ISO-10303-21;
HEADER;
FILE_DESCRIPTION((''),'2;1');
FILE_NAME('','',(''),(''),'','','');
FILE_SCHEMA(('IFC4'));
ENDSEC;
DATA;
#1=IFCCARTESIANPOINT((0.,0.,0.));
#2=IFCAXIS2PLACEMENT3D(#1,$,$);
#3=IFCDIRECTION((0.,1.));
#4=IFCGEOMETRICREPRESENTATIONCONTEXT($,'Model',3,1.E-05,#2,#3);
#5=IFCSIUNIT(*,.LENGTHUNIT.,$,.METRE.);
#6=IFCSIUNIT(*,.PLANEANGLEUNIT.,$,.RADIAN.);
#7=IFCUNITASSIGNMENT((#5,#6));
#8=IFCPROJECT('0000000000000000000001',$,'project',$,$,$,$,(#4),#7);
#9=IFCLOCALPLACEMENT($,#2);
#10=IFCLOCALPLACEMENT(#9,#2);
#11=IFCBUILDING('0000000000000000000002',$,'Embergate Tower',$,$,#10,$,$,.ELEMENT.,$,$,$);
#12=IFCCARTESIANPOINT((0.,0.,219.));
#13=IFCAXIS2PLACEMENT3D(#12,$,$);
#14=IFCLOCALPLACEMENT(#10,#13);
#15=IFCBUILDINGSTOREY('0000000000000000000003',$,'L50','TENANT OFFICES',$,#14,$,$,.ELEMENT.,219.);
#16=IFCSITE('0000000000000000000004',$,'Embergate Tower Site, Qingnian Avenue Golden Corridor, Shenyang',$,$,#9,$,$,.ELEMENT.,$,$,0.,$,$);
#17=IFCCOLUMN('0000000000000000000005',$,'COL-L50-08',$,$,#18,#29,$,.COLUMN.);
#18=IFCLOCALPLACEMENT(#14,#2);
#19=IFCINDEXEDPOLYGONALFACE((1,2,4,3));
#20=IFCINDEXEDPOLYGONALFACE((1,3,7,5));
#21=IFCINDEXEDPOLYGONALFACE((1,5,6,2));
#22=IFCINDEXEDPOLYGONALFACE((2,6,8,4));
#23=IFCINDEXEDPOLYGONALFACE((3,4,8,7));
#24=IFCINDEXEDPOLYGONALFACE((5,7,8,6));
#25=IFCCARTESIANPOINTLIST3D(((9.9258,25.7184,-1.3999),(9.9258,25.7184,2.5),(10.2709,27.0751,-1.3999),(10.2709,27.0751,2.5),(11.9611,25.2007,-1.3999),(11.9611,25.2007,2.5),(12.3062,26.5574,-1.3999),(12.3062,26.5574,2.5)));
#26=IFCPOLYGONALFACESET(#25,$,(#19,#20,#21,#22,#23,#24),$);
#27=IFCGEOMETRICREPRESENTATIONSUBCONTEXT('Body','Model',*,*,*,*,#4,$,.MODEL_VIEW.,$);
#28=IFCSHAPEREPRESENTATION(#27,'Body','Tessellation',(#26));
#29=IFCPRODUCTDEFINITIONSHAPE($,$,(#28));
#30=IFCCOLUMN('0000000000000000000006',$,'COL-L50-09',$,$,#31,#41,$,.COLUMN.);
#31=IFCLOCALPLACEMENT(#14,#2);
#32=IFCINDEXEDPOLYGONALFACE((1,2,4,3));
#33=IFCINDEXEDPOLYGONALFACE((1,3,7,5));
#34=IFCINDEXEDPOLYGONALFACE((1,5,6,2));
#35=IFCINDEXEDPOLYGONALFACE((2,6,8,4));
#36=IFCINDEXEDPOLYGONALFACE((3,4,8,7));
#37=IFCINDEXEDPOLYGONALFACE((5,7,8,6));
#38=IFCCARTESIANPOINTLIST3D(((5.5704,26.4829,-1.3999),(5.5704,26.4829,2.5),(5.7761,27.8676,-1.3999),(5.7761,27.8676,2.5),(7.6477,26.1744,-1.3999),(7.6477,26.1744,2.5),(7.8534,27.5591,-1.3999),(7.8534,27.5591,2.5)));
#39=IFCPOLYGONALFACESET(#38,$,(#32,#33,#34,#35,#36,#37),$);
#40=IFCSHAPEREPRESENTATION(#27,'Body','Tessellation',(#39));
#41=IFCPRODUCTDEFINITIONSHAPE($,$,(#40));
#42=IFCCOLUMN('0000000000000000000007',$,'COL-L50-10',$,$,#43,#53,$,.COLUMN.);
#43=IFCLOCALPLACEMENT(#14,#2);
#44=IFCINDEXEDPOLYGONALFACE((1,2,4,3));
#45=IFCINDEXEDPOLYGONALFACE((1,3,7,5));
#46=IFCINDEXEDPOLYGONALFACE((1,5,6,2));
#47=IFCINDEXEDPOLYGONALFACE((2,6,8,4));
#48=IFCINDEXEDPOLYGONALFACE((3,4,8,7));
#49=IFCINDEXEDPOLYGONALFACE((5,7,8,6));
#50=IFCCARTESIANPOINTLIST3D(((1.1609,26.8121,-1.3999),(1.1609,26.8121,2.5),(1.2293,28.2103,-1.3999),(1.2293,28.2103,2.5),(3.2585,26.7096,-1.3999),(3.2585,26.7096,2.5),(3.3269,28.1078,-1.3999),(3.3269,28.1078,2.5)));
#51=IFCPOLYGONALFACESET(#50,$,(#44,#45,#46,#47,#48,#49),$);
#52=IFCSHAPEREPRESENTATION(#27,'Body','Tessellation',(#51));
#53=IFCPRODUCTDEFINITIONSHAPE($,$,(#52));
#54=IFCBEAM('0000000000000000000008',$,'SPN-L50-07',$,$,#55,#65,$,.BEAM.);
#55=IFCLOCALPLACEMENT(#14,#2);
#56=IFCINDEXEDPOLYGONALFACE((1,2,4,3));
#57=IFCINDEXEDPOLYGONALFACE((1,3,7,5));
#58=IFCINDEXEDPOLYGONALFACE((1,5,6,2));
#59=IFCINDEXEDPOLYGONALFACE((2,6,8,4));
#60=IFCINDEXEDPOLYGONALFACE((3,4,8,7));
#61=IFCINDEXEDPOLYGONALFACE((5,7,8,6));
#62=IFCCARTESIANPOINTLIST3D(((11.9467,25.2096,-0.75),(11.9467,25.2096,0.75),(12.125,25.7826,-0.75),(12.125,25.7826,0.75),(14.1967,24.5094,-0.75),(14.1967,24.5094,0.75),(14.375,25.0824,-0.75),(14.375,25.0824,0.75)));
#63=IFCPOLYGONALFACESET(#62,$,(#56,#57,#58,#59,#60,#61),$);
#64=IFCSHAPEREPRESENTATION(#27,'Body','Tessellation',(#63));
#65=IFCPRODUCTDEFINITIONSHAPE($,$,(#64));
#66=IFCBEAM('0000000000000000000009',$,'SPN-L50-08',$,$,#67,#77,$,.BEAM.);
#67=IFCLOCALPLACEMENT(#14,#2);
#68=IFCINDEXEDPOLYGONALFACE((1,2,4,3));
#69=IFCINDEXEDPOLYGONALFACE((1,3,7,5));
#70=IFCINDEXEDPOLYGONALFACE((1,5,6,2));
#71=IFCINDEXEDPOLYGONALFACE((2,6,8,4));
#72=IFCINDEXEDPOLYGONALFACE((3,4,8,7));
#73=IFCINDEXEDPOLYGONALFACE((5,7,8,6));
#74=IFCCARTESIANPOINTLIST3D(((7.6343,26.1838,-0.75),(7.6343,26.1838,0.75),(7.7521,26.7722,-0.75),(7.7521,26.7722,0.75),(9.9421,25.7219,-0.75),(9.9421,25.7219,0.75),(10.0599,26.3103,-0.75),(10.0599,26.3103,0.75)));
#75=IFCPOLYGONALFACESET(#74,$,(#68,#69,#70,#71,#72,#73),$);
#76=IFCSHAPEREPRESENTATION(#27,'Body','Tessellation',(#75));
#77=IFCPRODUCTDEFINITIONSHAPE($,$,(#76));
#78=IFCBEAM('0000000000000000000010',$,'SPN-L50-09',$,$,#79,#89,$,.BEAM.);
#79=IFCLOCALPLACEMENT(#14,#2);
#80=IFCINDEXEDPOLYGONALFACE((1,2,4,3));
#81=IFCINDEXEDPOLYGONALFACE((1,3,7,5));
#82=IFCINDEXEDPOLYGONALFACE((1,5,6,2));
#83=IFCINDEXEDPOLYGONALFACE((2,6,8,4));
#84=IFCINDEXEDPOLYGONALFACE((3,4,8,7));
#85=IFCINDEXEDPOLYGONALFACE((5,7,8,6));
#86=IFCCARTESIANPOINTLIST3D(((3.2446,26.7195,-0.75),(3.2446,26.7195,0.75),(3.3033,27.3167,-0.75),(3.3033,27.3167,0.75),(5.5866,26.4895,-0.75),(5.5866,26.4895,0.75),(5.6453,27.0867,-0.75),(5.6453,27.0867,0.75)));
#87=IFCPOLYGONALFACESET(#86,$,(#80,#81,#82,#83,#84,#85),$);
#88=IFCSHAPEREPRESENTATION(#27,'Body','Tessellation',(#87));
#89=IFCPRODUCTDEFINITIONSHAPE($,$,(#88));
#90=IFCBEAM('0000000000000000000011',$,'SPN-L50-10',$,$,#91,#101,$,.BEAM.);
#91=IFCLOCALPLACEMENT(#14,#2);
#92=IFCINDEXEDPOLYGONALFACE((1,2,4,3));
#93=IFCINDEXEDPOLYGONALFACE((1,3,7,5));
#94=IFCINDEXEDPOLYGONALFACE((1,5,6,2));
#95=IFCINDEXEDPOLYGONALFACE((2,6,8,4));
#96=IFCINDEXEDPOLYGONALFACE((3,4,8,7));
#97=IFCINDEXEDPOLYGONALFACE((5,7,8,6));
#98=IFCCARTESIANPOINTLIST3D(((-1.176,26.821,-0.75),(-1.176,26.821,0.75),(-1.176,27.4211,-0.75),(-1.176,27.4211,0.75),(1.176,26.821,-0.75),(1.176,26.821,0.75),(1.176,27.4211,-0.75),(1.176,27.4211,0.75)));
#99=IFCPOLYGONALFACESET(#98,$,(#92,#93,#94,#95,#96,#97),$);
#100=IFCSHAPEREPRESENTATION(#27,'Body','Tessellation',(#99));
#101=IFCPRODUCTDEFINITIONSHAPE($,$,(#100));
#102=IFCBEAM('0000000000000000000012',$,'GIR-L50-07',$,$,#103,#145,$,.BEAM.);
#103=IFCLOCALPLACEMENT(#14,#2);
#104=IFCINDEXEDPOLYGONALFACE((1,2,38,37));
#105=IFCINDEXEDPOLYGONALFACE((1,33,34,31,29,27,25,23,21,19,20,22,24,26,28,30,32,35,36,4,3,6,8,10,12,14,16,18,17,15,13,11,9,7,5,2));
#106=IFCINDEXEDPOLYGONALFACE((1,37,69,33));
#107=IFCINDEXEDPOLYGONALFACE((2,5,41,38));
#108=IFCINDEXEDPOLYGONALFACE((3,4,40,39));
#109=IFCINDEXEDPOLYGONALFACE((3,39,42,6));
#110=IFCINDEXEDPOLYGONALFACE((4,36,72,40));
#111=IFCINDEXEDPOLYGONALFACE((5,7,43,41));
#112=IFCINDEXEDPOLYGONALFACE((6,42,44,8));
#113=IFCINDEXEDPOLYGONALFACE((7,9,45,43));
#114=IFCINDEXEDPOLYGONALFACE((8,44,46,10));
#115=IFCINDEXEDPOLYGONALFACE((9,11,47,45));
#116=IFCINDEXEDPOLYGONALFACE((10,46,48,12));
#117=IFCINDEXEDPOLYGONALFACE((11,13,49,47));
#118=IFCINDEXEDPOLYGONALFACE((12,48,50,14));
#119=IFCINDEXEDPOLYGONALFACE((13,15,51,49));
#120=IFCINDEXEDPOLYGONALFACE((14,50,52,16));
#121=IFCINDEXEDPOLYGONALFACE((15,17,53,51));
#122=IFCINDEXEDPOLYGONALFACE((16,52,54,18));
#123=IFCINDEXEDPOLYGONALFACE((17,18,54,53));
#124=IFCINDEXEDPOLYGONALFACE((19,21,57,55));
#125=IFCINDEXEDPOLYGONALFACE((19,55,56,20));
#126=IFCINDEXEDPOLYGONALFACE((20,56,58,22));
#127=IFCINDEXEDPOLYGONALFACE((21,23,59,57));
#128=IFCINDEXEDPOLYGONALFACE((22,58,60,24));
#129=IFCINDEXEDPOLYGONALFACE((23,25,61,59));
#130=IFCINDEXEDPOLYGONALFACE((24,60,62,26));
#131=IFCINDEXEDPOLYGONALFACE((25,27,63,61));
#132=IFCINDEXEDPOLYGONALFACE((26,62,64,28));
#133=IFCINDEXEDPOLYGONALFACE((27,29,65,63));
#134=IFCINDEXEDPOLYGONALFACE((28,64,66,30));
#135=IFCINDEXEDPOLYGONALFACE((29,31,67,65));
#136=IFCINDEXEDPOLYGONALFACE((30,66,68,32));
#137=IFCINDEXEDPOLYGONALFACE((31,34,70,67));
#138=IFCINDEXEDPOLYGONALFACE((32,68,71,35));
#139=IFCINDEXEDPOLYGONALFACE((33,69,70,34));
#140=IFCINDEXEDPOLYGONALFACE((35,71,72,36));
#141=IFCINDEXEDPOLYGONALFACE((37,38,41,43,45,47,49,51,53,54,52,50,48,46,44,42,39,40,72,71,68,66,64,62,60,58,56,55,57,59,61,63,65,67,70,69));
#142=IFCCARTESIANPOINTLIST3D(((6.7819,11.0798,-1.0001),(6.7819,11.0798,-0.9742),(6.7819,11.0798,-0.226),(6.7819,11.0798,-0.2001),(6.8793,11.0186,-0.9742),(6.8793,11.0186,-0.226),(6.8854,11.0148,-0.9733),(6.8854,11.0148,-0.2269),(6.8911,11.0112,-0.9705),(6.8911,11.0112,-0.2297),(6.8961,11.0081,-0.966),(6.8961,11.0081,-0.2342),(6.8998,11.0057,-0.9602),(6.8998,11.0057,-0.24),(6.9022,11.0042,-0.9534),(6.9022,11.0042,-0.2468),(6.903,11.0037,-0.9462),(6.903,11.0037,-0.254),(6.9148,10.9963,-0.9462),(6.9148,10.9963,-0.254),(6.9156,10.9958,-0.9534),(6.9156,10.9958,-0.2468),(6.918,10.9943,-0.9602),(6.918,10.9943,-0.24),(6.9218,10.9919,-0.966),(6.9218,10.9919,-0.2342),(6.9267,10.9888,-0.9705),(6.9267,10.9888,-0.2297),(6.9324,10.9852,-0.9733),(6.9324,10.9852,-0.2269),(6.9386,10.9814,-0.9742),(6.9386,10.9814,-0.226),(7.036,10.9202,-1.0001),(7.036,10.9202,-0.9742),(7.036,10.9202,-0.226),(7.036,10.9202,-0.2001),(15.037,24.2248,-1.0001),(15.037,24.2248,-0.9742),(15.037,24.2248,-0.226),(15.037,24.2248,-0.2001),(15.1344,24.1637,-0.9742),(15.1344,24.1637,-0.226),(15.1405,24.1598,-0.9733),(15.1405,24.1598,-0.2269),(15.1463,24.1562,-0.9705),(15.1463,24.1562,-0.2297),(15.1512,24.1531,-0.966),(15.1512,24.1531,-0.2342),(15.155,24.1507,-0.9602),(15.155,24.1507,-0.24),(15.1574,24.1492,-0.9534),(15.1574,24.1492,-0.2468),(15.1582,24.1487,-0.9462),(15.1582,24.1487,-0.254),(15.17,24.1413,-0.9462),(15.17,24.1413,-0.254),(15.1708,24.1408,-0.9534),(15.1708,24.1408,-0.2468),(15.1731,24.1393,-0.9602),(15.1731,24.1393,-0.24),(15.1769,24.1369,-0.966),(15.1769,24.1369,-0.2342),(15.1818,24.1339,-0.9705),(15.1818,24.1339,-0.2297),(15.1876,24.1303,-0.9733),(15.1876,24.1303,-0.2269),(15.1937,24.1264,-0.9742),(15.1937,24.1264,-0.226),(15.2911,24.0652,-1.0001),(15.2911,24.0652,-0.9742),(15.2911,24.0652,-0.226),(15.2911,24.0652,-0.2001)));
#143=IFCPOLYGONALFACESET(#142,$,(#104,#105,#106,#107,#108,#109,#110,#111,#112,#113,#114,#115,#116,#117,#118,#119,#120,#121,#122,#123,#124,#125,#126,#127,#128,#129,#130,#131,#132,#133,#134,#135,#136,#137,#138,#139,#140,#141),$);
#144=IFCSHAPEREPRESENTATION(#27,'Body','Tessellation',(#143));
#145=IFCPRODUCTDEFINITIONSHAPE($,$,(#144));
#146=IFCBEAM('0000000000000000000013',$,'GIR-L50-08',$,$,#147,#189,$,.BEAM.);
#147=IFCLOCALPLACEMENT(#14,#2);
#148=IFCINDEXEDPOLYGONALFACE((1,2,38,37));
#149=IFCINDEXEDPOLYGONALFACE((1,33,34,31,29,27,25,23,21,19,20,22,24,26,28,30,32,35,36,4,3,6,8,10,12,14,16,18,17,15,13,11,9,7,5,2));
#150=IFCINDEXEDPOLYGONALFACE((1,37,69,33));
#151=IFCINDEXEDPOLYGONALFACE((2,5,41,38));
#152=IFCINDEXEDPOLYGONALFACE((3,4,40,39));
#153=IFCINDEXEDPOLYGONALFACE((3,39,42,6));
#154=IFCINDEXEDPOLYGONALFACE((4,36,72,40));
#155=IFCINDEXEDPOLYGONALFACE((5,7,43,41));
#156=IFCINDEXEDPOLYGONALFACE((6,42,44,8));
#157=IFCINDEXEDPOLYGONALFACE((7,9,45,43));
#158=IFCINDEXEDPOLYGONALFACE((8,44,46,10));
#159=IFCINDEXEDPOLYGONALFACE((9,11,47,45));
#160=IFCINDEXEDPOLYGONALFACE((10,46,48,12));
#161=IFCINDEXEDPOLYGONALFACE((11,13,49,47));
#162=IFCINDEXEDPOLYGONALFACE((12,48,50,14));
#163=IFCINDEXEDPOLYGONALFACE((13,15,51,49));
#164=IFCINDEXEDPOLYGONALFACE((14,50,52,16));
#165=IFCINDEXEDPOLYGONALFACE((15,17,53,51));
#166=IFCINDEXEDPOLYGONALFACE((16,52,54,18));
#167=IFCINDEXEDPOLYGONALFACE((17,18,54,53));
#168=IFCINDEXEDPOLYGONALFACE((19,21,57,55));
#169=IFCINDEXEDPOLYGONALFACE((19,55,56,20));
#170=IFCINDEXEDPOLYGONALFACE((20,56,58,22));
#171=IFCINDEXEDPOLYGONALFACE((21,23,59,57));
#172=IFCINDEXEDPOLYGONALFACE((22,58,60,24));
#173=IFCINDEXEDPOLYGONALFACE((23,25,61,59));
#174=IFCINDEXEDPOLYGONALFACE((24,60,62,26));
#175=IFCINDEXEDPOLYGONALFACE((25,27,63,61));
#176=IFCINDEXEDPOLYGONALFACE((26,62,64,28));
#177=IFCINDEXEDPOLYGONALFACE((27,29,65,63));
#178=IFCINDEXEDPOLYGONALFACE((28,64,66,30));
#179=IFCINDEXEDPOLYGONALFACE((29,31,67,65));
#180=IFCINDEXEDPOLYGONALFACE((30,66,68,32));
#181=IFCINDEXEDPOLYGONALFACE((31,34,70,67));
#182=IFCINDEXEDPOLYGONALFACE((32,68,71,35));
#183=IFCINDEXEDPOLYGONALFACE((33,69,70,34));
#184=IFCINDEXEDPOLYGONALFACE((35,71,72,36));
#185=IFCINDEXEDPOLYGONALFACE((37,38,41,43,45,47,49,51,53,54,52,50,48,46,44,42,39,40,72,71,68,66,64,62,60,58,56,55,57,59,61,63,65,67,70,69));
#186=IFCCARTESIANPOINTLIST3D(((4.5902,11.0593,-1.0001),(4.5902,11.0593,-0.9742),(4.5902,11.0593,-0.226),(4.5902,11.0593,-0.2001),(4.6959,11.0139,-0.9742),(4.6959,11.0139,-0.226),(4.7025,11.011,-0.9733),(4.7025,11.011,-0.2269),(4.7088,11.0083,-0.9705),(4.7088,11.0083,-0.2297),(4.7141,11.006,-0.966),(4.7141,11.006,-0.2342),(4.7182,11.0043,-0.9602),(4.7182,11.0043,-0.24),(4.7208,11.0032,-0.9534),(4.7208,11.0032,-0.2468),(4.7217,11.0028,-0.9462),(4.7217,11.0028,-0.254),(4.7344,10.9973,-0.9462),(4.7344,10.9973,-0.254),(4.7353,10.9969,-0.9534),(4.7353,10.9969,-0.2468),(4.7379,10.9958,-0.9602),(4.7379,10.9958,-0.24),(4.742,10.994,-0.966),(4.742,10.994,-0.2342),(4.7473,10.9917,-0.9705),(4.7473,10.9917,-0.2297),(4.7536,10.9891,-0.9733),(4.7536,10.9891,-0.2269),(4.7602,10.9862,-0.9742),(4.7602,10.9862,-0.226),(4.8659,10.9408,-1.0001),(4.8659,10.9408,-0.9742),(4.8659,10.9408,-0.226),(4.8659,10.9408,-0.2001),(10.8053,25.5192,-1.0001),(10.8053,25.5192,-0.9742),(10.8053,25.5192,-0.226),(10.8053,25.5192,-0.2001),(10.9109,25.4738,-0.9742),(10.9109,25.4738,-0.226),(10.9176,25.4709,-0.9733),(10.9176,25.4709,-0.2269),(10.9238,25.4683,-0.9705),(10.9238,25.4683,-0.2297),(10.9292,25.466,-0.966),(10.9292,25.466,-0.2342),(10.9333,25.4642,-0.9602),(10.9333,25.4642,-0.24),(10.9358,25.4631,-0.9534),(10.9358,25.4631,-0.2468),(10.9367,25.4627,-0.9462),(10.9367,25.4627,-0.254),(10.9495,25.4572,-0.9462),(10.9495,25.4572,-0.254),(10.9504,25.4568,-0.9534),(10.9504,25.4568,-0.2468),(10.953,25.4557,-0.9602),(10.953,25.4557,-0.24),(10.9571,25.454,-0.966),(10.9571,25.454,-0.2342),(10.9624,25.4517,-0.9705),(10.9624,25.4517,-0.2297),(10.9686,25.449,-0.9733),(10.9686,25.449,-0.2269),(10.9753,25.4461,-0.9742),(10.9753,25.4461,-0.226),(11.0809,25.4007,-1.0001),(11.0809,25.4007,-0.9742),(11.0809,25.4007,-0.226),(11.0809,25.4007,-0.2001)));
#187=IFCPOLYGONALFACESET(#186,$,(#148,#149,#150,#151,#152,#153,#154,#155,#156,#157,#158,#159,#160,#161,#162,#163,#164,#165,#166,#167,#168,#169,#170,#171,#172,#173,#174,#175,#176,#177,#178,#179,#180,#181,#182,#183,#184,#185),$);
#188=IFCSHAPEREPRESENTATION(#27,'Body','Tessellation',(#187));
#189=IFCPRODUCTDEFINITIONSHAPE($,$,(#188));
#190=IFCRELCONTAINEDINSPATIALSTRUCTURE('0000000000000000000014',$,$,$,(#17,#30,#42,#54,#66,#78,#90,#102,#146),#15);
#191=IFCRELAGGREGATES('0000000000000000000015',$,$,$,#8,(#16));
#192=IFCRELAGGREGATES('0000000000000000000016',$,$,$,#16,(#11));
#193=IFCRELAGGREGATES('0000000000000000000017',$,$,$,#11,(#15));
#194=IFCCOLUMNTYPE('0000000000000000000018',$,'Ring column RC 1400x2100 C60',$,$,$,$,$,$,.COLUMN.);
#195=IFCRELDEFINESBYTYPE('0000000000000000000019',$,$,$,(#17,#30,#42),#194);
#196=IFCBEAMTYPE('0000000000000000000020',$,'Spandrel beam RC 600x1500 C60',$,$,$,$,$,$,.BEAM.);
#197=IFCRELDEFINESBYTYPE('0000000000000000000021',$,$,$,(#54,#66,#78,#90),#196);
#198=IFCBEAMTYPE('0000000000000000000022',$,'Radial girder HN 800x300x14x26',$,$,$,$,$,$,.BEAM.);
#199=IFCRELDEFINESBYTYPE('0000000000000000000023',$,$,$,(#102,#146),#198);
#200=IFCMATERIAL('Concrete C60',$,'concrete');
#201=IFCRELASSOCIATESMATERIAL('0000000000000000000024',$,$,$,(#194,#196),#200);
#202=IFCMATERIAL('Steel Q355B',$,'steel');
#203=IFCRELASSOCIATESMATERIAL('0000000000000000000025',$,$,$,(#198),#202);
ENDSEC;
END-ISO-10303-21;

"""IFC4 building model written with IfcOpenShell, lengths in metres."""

from ifc_helpers import new_model, si_unit, direction, frame, origin, origin_2d, place, context, subcontext, project, spatial, rectangle, i_section, extrude, source, transform, mapped, material, material_profile, profile_set, type_object, element, save


model = new_model("IFC4")

# Units and contexts
model_context = context("Model", 3, precision=1e-05, world=origin(), true_north=direction((0.0, 1.0)))
body_context = subcontext(model_context, "Body", "Model", "MODEL_VIEW")
ifc_project = project(units=[si_unit("LENGTHUNIT", "METRE"), si_unit("PLANEANGLEUNIT", "RADIAN")], contexts=[model_context])

# Site, building, storey
site_placement = place(None, origin())
site = spatial("IfcSite", under=ifc_project, at=site_placement, Name="Embergate Tower Site, Qingnian Avenue Golden Corridor, Shenyang", CompositionType="ELEMENT", RefElevation=0.0)
building_placement = place(site_placement, origin())
building = spatial("IfcBuilding", under=site, at=building_placement, Name="Embergate Tower", CompositionType="ELEMENT")
storey_placement = place(building_placement, frame((0.0, 0.0, 219.0)))
storey = spatial("IfcBuildingStorey", under=building, at=storey_placement, Name="L50", Description="TENANT OFFICES", CompositionType="ELEMENT", Elevation=219.0)

# Columns
ifc_material_1 = material(Name="Concrete C60", Category="concrete")
ifc_material_profile_1 = material_profile(ifc_material_1, rectangle(XDim=1.3999, YDim=2.1001, at=origin_2d()), Name="RC 1400x2100")
ifc_profile_set_1 = profile_set([ifc_material_profile_1], Name="Concrete C60")
column_type = type_object("IfcColumnType", Name="Ring column RC 1400x2100 C60", PredefinedType="COLUMN", material=ifc_profile_set_1)
shared_shape_1 = source(origin(), body_context, "Body", "SweptSolid", [
    extrude(rectangle(XDim=1.3999, YDim=2.1001, at=origin_2d()), origin(), (0.0, 0.0, 1.0), 3.8999),
])
for number, where, z_axis, x_axis, name in (
    (1, (11.116, 26.1379, -1.3999), (0.0, 0.0, 1.0), (0.246509, 0.969141, 0.0), "COL-L50-08"),
    (2, (6.7119, 27.021, -1.3999), (0.0, 0.0, 1.0), (0.146929, 0.989147, 0.0), "COL-L50-09"),
    (3, (2.2439, 27.46, -1.3999), (0.0, 0.0, 1.0), (0.048815, 0.998808, 0.0), "COL-L50-10"),
):
    element("IfcColumn", number, at=place(storey_placement, frame(where, z_axis=z_axis, x_axis=x_axis)), inside=storey, type_object=column_type, Name=name, PredefinedType="COLUMN", context=body_context, shape_type="MappedRepresentation", body=[
        mapped(shared_shape_1, transform((0.0, 0.0, 0.0))),
    ])

# Beams
ifc_material_profile_2 = material_profile(ifc_material_1, rectangle(XDim=0.6001, YDim=1.5, at=origin_2d()), Name="RC 600x1500")
ifc_profile_set_2 = profile_set([ifc_material_profile_2], Name="Concrete C60")
beam_type_1 = type_object("IfcBeamType", Name="Spandrel beam RC 600x1500 C60", PredefinedType="BEAM", material=ifc_profile_set_2)
shared_shape_2 = source(origin(), body_context, "Body", "SweptSolid", [
    extrude(rectangle(XDim=0.6001, YDim=1.5, at=origin_2d()), origin(), (0.0, 0.0, 1.0), 2.3564),
])
beam_1_placement = place(storey_placement, frame((14.2859, 24.7959, 0.0), z_axis=(-0.954833, 0.297142, 0.0), x_axis=(-0.297142, -0.954833, 0.0)))
element("IfcBeam", 4, at=beam_1_placement, inside=storey, type_object=beam_type_1, Name="SPN-L50-07", PredefinedType="BEAM", context=body_context, shape_type="MappedRepresentation", body=[
    mapped(shared_shape_2, transform((0.0, 0.0, 0.0))),
])
shared_shape_3 = source(origin(), body_context, "Body", "SweptSolid", [
    extrude(rectangle(XDim=0.6001, YDim=1.5, at=origin_2d()), origin(), (0.0, 0.0, 1.0), 2.3535),
])
beam_2_placement = place(storey_placement, frame((10.001, 26.0161, 0.0), z_axis=(-0.980553, 0.196256, 0.0), x_axis=(-0.196256, -0.980553, 0.0)))
element("IfcBeam", 5, at=beam_2_placement, inside=storey, type_object=beam_type_1, Name="SPN-L50-08", PredefinedType="BEAM", context=body_context, shape_type="MappedRepresentation", body=[
    mapped(shared_shape_3, transform((0.0, 0.0, 0.0))),
])
shared_shape_4 = source(origin(), body_context, "Body", "SweptSolid", [
    extrude(rectangle(XDim=0.6001, YDim=1.5, at=origin_2d()), origin(), (0.0, 0.0, 1.0), 2.3533),
])
beam_3_placement = place(storey_placement, frame((5.616, 26.7881, 0.0), z_axis=(-0.995213, 0.097727, 0.0), x_axis=(-0.097727, -0.995213, 0.0)))
element("IfcBeam", 6, at=beam_3_placement, inside=storey, type_object=beam_type_1, Name="SPN-L50-09", PredefinedType="BEAM", context=body_context, shape_type="MappedRepresentation", body=[
    mapped(shared_shape_4, transform((0.0, 0.0, 0.0))),
])
shared_shape_5 = source(origin(), body_context, "Body", "SweptSolid", [
    extrude(rectangle(XDim=0.6001, YDim=1.5, at=origin_2d()), origin(), (0.0, 0.0, 1.0), 2.3521),
])
beam_4_placement = place(storey_placement, frame((1.176, 27.1211, 0.0), z_axis=(-1.0, 0.0, 0.0), x_axis=(0.0, -1.0, 0.0)))
element("IfcBeam", 7, at=beam_4_placement, inside=storey, type_object=beam_type_1, Name="SPN-L50-10", PredefinedType="BEAM", context=body_context, shape_type="MappedRepresentation", body=[
    mapped(shared_shape_5, transform((0.0, 0.0, 0.0))),
])
ifc_material_2 = material(Name="Steel Q355B", Category="steel")
ifc_material_profile_3 = material_profile(ifc_material_2, i_section(OverallWidth=0.3, OverallDepth=0.8, WebThickness=0.0139, FlangeThickness=0.0259, FilletRadius=0.0281, at=origin_2d()), Name="HN 800x300x14x26")
ifc_profile_set_3 = profile_set([ifc_material_profile_3], Name="Steel Q355 grade B")
beam_type_2 = type_object("IfcBeamType", Name="Radial girder HN 800x300x14x26", PredefinedType="BEAM", material=ifc_profile_set_3)
shared_shape_6 = source(origin(), body_context, "Body", "SweptSolid", [
    extrude(i_section(OverallWidth=0.3, OverallDepth=0.8, WebThickness=0.0139, FlangeThickness=0.0259, FilletRadius=0.0281, at=origin_2d()), origin(), (0.0, 0.0, 1.0), 15.5222),
])
beam_5_placement = place(storey_placement, frame((15.1641, 24.145, -0.6001), z_axis=(-0.531827, -0.846853, 0.0), x_axis=(0.846853, -0.531827, 0.0)))
element("IfcBeam", 8, at=beam_5_placement, inside=storey, type_object=beam_type_2, Name="GIR-L50-07", PredefinedType="BEAM", context=body_context, shape_type="MappedRepresentation", body=[
    mapped(shared_shape_6, transform((0.0, 0.0, 0.0))),
])
shared_shape_7 = source(origin(), body_context, "Body", "SweptSolid", [
    extrude(i_section(OverallWidth=0.3, OverallDepth=0.8, WebThickness=0.0139, FlangeThickness=0.0259, FilletRadius=0.0281, at=origin_2d()), origin(), (0.0, 0.0, 1.0), 15.739),
])
beam_6_placement = place(storey_placement, frame((10.9431, 25.46, -0.6001), z_axis=(-0.394883, -0.918731, 0.0), x_axis=(0.918731, -0.394883, 0.0)))
element("IfcBeam", 9, at=beam_6_placement, inside=storey, type_object=beam_type_2, Name="GIR-L50-08", PredefinedType="BEAM", context=body_context, shape_type="MappedRepresentation", body=[
    mapped(shared_shape_7, transform((0.0, 0.0, 0.0))),
])

save(model, "model.ifc")
